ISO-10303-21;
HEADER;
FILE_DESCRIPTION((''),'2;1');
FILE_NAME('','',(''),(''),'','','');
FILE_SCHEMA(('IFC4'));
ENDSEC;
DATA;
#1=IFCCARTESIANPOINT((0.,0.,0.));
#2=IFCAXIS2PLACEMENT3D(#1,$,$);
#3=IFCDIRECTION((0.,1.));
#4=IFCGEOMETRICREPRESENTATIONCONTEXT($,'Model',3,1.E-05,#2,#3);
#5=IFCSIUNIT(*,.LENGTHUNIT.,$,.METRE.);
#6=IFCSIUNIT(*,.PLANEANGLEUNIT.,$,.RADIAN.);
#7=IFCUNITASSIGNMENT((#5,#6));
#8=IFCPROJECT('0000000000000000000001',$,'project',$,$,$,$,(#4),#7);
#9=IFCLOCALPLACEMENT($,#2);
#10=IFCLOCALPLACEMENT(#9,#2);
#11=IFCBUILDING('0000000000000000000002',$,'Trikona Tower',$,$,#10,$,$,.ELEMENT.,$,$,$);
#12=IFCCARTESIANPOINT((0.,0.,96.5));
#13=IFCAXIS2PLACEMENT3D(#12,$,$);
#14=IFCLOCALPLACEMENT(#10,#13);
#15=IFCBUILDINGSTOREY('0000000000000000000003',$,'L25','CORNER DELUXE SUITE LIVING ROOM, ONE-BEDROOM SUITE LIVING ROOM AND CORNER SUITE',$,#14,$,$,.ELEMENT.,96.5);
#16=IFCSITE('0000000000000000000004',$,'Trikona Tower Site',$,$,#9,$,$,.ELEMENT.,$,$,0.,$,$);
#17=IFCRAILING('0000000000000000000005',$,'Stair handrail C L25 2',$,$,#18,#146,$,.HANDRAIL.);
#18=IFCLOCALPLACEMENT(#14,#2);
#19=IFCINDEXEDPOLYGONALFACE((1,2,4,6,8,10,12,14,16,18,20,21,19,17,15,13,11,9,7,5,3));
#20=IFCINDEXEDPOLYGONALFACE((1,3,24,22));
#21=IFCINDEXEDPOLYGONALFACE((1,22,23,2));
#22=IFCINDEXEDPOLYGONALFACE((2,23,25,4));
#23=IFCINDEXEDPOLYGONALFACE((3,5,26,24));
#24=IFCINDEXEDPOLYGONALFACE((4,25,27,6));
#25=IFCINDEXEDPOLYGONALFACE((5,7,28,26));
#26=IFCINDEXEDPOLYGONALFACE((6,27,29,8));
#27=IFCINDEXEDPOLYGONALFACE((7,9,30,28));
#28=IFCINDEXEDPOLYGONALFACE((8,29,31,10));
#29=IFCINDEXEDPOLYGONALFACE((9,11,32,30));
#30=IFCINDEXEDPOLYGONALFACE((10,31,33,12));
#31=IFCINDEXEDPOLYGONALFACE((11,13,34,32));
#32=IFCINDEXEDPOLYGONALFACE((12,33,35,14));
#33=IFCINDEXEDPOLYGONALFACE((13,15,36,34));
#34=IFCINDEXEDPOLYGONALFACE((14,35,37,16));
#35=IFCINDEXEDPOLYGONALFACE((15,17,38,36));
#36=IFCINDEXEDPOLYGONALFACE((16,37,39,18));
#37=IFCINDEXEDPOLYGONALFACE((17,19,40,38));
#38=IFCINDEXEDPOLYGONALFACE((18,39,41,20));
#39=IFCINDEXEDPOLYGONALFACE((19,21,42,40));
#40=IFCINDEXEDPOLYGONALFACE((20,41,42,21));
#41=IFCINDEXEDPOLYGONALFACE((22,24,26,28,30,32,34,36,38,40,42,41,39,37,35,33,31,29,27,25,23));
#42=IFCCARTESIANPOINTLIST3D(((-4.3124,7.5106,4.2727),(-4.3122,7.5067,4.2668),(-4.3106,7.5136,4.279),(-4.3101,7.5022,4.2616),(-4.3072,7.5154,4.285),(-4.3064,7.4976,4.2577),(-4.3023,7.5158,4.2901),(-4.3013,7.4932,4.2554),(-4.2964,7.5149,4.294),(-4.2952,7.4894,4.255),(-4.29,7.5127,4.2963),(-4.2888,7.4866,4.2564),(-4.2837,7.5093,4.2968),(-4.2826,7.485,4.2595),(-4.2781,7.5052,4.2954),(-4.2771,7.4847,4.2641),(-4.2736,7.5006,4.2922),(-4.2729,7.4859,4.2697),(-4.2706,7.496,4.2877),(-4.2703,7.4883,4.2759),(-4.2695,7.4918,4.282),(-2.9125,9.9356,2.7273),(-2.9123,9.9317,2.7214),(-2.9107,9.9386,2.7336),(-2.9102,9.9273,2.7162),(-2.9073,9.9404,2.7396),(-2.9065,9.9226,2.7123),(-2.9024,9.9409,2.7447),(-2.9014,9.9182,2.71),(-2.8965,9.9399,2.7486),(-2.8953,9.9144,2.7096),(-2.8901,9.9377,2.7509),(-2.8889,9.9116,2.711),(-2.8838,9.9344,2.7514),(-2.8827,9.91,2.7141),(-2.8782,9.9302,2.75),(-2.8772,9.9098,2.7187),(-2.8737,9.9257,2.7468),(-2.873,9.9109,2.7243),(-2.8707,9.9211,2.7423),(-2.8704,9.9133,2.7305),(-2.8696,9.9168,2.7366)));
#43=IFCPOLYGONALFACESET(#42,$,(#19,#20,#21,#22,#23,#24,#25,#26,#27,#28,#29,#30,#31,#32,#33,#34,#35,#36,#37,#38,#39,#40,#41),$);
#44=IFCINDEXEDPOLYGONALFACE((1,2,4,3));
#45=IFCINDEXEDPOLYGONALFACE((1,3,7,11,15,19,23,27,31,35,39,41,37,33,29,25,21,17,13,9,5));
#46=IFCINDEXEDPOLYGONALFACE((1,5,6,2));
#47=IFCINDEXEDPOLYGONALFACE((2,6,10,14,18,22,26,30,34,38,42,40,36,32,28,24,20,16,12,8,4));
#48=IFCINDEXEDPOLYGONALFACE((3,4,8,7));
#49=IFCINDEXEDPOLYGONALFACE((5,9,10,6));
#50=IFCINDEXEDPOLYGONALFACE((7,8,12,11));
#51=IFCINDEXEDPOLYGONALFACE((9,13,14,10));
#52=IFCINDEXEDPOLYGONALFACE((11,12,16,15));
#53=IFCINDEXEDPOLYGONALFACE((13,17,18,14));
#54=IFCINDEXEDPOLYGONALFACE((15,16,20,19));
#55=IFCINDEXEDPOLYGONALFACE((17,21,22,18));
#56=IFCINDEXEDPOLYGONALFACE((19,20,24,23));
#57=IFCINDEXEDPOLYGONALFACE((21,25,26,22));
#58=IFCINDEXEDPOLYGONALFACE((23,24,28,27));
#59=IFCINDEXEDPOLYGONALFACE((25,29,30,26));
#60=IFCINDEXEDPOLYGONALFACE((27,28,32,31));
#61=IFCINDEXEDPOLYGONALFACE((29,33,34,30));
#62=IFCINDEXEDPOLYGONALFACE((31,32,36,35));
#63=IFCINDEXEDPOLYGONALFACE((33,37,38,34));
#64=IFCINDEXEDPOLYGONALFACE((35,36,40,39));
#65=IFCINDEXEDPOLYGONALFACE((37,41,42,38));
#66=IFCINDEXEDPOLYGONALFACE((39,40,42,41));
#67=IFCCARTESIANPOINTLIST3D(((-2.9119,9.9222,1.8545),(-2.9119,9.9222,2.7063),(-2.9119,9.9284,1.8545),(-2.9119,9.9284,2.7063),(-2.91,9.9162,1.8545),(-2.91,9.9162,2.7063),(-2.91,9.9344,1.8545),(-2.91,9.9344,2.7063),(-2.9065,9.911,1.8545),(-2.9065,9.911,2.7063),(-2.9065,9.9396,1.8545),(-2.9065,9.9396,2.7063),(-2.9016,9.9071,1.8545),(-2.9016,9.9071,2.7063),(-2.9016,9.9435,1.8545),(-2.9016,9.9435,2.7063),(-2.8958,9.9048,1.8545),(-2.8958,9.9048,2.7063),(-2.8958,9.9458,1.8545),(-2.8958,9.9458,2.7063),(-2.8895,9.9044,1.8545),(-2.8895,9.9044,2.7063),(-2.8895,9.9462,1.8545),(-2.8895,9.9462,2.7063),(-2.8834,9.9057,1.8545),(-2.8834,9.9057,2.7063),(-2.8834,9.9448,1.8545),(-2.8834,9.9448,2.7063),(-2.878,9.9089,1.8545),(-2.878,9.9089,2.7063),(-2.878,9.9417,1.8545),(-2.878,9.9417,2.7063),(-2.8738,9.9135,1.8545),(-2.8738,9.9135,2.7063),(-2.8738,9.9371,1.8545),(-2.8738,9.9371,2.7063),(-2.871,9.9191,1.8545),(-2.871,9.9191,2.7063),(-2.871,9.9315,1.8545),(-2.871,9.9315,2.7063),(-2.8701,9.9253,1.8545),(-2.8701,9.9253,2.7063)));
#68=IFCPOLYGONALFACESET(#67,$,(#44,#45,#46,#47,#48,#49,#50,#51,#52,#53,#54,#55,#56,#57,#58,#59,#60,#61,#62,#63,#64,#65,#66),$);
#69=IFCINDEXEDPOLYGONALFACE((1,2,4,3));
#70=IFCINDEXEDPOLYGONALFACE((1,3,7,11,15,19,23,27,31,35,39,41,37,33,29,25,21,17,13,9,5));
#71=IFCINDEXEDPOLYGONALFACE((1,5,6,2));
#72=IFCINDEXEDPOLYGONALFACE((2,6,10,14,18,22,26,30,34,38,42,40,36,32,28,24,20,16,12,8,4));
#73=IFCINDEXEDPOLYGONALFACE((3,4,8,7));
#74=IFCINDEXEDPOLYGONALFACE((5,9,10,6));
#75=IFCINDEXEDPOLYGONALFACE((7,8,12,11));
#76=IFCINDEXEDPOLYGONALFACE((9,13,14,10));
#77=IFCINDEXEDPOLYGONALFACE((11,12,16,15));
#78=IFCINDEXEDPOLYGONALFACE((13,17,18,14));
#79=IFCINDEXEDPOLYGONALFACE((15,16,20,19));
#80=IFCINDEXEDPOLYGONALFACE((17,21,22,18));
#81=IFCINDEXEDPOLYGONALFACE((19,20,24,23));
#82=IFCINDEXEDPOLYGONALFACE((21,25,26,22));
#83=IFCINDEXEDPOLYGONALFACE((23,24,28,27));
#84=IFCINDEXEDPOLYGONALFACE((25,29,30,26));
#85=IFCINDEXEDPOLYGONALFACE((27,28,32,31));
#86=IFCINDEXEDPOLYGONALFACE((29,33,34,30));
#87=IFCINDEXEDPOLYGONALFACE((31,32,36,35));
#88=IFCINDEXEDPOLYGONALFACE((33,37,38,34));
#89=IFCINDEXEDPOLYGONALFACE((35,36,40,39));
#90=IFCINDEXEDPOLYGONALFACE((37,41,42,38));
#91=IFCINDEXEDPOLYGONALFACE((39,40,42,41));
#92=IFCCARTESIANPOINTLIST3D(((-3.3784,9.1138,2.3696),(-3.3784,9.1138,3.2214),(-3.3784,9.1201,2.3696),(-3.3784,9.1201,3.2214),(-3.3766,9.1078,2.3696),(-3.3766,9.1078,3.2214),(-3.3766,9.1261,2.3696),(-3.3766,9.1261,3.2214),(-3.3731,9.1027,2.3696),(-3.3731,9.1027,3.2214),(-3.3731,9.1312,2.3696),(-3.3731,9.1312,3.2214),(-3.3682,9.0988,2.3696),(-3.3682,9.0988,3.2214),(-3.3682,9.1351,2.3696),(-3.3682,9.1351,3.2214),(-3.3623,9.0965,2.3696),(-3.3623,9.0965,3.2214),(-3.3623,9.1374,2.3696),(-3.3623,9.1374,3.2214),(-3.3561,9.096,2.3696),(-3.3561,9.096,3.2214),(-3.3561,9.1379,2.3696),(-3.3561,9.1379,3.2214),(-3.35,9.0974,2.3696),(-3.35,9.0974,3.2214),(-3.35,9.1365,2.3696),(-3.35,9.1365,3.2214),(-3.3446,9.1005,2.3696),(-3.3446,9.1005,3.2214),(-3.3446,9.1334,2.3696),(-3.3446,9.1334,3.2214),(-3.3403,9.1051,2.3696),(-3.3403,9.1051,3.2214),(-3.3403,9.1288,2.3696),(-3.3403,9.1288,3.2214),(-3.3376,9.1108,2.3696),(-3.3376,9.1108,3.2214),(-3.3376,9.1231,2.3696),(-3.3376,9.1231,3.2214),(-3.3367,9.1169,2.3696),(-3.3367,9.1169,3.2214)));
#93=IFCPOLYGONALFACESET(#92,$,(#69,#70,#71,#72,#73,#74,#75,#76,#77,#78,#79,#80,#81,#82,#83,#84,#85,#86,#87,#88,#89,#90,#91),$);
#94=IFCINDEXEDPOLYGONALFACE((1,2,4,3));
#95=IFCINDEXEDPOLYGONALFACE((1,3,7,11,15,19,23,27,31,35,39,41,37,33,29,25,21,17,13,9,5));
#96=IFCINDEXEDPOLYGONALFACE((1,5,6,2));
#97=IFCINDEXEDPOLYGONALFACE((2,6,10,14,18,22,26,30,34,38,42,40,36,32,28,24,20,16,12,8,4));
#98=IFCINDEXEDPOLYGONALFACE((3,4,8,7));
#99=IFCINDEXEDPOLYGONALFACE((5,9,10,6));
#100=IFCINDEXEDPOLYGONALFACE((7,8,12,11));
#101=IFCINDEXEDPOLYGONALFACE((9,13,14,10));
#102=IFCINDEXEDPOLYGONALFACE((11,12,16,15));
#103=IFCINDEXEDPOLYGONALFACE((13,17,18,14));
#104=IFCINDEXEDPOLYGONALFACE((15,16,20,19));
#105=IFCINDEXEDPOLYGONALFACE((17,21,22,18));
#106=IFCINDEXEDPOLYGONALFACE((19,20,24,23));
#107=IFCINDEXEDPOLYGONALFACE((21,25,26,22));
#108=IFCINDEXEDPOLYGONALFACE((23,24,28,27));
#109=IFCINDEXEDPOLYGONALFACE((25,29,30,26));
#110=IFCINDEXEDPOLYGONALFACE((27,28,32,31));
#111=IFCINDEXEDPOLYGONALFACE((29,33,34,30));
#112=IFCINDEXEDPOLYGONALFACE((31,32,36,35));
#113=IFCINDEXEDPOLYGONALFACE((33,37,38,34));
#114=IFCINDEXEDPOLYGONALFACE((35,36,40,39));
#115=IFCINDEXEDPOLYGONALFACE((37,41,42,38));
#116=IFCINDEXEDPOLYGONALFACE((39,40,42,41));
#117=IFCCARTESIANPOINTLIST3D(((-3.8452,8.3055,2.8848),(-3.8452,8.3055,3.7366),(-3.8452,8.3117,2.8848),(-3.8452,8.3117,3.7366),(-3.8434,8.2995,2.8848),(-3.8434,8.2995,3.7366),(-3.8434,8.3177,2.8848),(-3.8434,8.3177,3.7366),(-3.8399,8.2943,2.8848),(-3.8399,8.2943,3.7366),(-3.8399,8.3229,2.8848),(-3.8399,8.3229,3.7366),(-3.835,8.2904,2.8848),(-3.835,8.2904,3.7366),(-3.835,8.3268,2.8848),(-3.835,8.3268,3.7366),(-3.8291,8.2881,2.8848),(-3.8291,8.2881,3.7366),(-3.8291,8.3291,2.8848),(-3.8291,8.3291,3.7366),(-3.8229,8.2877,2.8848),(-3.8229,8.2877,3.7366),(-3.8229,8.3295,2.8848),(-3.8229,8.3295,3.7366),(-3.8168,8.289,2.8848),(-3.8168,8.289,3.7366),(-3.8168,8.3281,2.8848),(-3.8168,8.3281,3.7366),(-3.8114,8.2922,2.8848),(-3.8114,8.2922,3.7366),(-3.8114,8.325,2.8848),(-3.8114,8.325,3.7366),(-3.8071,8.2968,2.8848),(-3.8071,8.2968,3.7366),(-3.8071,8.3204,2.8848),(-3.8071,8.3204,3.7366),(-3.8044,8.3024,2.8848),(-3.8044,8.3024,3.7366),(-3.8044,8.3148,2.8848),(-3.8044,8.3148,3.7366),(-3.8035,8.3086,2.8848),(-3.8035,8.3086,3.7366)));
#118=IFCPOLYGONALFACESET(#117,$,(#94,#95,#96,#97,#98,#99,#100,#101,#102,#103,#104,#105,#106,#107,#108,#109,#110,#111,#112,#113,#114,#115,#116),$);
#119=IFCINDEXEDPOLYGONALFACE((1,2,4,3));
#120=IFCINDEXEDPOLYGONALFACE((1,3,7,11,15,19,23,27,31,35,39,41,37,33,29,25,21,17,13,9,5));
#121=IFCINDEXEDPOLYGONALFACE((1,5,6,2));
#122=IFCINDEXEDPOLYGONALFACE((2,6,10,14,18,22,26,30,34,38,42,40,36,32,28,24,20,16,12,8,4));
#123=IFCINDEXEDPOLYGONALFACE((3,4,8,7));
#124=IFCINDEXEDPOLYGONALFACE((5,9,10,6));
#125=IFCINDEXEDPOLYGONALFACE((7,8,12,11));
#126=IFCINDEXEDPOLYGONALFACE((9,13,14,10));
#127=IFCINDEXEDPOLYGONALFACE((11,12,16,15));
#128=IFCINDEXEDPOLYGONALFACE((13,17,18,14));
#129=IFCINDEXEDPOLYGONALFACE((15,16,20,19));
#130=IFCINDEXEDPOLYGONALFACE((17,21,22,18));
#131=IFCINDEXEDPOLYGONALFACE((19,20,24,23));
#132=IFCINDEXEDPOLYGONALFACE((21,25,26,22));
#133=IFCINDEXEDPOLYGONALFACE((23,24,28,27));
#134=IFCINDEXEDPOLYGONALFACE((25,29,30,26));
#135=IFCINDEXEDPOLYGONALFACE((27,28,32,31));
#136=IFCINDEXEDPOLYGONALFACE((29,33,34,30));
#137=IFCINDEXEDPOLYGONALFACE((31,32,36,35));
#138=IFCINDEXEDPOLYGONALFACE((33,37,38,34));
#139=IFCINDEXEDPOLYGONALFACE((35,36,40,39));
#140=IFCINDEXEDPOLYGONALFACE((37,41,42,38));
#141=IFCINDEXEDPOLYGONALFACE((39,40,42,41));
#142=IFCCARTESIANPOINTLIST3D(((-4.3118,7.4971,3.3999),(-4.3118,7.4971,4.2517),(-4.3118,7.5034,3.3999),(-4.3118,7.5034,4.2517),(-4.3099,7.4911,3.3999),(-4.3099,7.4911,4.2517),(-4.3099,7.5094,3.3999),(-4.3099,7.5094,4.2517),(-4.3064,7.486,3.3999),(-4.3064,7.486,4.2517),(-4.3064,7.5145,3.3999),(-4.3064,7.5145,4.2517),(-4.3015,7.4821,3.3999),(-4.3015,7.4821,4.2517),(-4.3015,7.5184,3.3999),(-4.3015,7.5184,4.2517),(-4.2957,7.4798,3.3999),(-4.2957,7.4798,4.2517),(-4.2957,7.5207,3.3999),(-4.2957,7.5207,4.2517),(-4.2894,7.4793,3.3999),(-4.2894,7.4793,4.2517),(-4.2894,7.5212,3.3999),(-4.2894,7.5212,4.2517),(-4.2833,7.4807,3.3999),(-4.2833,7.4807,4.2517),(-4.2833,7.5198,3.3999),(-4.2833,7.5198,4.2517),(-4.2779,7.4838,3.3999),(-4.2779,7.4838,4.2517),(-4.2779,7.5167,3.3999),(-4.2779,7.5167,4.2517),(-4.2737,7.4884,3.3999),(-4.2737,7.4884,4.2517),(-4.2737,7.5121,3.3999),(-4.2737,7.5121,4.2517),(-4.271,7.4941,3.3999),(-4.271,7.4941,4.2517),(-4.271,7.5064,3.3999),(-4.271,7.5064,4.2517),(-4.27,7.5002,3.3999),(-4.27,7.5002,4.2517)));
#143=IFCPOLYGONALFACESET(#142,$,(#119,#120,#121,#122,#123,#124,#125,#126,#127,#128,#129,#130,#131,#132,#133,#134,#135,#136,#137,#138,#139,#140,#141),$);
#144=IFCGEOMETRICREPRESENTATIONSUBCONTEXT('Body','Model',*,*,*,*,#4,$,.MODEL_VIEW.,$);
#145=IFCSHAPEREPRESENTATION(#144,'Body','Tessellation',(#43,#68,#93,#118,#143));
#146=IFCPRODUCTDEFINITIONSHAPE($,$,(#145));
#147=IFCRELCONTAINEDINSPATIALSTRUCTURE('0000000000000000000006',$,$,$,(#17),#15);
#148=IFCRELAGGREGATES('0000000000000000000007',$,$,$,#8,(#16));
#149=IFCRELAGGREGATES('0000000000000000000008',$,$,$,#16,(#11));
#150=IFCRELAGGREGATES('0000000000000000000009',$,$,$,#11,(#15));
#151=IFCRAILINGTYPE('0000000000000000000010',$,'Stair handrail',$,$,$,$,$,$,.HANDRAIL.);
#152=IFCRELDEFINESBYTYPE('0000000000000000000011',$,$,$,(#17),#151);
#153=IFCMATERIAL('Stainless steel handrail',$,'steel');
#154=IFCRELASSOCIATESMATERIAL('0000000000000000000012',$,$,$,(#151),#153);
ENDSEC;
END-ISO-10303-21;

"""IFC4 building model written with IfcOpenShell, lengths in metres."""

from ifc_helpers import new_model, si_unit, direction, frame, origin, origin_2d, place, context, subcontext, project, spatial, circle, extrude, material, type_object, element, save


model = new_model("IFC4")

# Units and contexts
model_context = context("Model", 3, precision=1e-05, world=origin(), true_north=direction((0.0, 1.0)))
body_context = subcontext(model_context, "Body", "Model", "MODEL_VIEW")
ifc_project = project(units=[si_unit("LENGTHUNIT", "METRE"), si_unit("PLANEANGLEUNIT", "RADIAN")], contexts=[model_context])

# Site, building, storey
site_placement = place(None, origin())
site = spatial("IfcSite", under=ifc_project, at=site_placement, Name="Trikona Tower Site", CompositionType="ELEMENT", RefElevation=0.0)
building_placement = place(site_placement, origin())
building = spatial("IfcBuilding", under=site, at=building_placement, Name="Trikona Tower", CompositionType="ELEMENT")
storey_placement = place(building_placement, frame((0.0, 0.0, 96.5)))
storey = spatial("IfcBuildingStorey", under=building, at=storey_placement, Name="L25", Description="CORNER DELUXE SUITE LIVING ROOM, ONE-BEDROOM SUITE LIVING ROOM AND CORNER SUITE", CompositionType="ELEMENT", Elevation=96.5)

# Railing
ifc_material_1 = material(Name="Stainless steel handrail", Category="steel")
railing_type = type_object("IfcRailingType", Name="Stair handrail", PredefinedType="HANDRAIL", material=ifc_material_1)
railing_1_placement = place(storey_placement, frame((-2.8911, 9.9253, 1.8545)))
element("IfcRailing", 1, at=railing_1_placement, inside=storey, type_object=railing_type, Name="Stair handrail C L25 2", PredefinedType="HANDRAIL", context=body_context, shape_type="SweptSolid", body=[
    extrude(circle(Radius=0.0239, at=origin_2d()), frame((0.0, 0.0, 0.876), z_axis=(-0.437707, -0.75824, 0.483203), x_axis=(0.866056, -0.499946, 0.0)), (0.0, 0.0, 1.0), 3.1982),
    extrude(circle(Radius=0.021, at=origin_2d()), origin(), (0.0, 0.0, 1.0), 0.8518),
    extrude(circle(Radius=0.021, at=origin_2d()), frame((-0.4666, -0.8083, 0.5151)), (0.0, 0.0, 1.0), 0.8518),
    extrude(circle(Radius=0.021, at=origin_2d()), frame((-0.9333, -1.6167, 1.0303)), (0.0, 0.0, 1.0), 0.8518),
    extrude(circle(Radius=0.021, at=origin_2d()), frame((-1.3999, -2.425, 1.5454)), (0.0, 0.0, 1.0), 0.8518),
])

save(model, "model.ifc")
